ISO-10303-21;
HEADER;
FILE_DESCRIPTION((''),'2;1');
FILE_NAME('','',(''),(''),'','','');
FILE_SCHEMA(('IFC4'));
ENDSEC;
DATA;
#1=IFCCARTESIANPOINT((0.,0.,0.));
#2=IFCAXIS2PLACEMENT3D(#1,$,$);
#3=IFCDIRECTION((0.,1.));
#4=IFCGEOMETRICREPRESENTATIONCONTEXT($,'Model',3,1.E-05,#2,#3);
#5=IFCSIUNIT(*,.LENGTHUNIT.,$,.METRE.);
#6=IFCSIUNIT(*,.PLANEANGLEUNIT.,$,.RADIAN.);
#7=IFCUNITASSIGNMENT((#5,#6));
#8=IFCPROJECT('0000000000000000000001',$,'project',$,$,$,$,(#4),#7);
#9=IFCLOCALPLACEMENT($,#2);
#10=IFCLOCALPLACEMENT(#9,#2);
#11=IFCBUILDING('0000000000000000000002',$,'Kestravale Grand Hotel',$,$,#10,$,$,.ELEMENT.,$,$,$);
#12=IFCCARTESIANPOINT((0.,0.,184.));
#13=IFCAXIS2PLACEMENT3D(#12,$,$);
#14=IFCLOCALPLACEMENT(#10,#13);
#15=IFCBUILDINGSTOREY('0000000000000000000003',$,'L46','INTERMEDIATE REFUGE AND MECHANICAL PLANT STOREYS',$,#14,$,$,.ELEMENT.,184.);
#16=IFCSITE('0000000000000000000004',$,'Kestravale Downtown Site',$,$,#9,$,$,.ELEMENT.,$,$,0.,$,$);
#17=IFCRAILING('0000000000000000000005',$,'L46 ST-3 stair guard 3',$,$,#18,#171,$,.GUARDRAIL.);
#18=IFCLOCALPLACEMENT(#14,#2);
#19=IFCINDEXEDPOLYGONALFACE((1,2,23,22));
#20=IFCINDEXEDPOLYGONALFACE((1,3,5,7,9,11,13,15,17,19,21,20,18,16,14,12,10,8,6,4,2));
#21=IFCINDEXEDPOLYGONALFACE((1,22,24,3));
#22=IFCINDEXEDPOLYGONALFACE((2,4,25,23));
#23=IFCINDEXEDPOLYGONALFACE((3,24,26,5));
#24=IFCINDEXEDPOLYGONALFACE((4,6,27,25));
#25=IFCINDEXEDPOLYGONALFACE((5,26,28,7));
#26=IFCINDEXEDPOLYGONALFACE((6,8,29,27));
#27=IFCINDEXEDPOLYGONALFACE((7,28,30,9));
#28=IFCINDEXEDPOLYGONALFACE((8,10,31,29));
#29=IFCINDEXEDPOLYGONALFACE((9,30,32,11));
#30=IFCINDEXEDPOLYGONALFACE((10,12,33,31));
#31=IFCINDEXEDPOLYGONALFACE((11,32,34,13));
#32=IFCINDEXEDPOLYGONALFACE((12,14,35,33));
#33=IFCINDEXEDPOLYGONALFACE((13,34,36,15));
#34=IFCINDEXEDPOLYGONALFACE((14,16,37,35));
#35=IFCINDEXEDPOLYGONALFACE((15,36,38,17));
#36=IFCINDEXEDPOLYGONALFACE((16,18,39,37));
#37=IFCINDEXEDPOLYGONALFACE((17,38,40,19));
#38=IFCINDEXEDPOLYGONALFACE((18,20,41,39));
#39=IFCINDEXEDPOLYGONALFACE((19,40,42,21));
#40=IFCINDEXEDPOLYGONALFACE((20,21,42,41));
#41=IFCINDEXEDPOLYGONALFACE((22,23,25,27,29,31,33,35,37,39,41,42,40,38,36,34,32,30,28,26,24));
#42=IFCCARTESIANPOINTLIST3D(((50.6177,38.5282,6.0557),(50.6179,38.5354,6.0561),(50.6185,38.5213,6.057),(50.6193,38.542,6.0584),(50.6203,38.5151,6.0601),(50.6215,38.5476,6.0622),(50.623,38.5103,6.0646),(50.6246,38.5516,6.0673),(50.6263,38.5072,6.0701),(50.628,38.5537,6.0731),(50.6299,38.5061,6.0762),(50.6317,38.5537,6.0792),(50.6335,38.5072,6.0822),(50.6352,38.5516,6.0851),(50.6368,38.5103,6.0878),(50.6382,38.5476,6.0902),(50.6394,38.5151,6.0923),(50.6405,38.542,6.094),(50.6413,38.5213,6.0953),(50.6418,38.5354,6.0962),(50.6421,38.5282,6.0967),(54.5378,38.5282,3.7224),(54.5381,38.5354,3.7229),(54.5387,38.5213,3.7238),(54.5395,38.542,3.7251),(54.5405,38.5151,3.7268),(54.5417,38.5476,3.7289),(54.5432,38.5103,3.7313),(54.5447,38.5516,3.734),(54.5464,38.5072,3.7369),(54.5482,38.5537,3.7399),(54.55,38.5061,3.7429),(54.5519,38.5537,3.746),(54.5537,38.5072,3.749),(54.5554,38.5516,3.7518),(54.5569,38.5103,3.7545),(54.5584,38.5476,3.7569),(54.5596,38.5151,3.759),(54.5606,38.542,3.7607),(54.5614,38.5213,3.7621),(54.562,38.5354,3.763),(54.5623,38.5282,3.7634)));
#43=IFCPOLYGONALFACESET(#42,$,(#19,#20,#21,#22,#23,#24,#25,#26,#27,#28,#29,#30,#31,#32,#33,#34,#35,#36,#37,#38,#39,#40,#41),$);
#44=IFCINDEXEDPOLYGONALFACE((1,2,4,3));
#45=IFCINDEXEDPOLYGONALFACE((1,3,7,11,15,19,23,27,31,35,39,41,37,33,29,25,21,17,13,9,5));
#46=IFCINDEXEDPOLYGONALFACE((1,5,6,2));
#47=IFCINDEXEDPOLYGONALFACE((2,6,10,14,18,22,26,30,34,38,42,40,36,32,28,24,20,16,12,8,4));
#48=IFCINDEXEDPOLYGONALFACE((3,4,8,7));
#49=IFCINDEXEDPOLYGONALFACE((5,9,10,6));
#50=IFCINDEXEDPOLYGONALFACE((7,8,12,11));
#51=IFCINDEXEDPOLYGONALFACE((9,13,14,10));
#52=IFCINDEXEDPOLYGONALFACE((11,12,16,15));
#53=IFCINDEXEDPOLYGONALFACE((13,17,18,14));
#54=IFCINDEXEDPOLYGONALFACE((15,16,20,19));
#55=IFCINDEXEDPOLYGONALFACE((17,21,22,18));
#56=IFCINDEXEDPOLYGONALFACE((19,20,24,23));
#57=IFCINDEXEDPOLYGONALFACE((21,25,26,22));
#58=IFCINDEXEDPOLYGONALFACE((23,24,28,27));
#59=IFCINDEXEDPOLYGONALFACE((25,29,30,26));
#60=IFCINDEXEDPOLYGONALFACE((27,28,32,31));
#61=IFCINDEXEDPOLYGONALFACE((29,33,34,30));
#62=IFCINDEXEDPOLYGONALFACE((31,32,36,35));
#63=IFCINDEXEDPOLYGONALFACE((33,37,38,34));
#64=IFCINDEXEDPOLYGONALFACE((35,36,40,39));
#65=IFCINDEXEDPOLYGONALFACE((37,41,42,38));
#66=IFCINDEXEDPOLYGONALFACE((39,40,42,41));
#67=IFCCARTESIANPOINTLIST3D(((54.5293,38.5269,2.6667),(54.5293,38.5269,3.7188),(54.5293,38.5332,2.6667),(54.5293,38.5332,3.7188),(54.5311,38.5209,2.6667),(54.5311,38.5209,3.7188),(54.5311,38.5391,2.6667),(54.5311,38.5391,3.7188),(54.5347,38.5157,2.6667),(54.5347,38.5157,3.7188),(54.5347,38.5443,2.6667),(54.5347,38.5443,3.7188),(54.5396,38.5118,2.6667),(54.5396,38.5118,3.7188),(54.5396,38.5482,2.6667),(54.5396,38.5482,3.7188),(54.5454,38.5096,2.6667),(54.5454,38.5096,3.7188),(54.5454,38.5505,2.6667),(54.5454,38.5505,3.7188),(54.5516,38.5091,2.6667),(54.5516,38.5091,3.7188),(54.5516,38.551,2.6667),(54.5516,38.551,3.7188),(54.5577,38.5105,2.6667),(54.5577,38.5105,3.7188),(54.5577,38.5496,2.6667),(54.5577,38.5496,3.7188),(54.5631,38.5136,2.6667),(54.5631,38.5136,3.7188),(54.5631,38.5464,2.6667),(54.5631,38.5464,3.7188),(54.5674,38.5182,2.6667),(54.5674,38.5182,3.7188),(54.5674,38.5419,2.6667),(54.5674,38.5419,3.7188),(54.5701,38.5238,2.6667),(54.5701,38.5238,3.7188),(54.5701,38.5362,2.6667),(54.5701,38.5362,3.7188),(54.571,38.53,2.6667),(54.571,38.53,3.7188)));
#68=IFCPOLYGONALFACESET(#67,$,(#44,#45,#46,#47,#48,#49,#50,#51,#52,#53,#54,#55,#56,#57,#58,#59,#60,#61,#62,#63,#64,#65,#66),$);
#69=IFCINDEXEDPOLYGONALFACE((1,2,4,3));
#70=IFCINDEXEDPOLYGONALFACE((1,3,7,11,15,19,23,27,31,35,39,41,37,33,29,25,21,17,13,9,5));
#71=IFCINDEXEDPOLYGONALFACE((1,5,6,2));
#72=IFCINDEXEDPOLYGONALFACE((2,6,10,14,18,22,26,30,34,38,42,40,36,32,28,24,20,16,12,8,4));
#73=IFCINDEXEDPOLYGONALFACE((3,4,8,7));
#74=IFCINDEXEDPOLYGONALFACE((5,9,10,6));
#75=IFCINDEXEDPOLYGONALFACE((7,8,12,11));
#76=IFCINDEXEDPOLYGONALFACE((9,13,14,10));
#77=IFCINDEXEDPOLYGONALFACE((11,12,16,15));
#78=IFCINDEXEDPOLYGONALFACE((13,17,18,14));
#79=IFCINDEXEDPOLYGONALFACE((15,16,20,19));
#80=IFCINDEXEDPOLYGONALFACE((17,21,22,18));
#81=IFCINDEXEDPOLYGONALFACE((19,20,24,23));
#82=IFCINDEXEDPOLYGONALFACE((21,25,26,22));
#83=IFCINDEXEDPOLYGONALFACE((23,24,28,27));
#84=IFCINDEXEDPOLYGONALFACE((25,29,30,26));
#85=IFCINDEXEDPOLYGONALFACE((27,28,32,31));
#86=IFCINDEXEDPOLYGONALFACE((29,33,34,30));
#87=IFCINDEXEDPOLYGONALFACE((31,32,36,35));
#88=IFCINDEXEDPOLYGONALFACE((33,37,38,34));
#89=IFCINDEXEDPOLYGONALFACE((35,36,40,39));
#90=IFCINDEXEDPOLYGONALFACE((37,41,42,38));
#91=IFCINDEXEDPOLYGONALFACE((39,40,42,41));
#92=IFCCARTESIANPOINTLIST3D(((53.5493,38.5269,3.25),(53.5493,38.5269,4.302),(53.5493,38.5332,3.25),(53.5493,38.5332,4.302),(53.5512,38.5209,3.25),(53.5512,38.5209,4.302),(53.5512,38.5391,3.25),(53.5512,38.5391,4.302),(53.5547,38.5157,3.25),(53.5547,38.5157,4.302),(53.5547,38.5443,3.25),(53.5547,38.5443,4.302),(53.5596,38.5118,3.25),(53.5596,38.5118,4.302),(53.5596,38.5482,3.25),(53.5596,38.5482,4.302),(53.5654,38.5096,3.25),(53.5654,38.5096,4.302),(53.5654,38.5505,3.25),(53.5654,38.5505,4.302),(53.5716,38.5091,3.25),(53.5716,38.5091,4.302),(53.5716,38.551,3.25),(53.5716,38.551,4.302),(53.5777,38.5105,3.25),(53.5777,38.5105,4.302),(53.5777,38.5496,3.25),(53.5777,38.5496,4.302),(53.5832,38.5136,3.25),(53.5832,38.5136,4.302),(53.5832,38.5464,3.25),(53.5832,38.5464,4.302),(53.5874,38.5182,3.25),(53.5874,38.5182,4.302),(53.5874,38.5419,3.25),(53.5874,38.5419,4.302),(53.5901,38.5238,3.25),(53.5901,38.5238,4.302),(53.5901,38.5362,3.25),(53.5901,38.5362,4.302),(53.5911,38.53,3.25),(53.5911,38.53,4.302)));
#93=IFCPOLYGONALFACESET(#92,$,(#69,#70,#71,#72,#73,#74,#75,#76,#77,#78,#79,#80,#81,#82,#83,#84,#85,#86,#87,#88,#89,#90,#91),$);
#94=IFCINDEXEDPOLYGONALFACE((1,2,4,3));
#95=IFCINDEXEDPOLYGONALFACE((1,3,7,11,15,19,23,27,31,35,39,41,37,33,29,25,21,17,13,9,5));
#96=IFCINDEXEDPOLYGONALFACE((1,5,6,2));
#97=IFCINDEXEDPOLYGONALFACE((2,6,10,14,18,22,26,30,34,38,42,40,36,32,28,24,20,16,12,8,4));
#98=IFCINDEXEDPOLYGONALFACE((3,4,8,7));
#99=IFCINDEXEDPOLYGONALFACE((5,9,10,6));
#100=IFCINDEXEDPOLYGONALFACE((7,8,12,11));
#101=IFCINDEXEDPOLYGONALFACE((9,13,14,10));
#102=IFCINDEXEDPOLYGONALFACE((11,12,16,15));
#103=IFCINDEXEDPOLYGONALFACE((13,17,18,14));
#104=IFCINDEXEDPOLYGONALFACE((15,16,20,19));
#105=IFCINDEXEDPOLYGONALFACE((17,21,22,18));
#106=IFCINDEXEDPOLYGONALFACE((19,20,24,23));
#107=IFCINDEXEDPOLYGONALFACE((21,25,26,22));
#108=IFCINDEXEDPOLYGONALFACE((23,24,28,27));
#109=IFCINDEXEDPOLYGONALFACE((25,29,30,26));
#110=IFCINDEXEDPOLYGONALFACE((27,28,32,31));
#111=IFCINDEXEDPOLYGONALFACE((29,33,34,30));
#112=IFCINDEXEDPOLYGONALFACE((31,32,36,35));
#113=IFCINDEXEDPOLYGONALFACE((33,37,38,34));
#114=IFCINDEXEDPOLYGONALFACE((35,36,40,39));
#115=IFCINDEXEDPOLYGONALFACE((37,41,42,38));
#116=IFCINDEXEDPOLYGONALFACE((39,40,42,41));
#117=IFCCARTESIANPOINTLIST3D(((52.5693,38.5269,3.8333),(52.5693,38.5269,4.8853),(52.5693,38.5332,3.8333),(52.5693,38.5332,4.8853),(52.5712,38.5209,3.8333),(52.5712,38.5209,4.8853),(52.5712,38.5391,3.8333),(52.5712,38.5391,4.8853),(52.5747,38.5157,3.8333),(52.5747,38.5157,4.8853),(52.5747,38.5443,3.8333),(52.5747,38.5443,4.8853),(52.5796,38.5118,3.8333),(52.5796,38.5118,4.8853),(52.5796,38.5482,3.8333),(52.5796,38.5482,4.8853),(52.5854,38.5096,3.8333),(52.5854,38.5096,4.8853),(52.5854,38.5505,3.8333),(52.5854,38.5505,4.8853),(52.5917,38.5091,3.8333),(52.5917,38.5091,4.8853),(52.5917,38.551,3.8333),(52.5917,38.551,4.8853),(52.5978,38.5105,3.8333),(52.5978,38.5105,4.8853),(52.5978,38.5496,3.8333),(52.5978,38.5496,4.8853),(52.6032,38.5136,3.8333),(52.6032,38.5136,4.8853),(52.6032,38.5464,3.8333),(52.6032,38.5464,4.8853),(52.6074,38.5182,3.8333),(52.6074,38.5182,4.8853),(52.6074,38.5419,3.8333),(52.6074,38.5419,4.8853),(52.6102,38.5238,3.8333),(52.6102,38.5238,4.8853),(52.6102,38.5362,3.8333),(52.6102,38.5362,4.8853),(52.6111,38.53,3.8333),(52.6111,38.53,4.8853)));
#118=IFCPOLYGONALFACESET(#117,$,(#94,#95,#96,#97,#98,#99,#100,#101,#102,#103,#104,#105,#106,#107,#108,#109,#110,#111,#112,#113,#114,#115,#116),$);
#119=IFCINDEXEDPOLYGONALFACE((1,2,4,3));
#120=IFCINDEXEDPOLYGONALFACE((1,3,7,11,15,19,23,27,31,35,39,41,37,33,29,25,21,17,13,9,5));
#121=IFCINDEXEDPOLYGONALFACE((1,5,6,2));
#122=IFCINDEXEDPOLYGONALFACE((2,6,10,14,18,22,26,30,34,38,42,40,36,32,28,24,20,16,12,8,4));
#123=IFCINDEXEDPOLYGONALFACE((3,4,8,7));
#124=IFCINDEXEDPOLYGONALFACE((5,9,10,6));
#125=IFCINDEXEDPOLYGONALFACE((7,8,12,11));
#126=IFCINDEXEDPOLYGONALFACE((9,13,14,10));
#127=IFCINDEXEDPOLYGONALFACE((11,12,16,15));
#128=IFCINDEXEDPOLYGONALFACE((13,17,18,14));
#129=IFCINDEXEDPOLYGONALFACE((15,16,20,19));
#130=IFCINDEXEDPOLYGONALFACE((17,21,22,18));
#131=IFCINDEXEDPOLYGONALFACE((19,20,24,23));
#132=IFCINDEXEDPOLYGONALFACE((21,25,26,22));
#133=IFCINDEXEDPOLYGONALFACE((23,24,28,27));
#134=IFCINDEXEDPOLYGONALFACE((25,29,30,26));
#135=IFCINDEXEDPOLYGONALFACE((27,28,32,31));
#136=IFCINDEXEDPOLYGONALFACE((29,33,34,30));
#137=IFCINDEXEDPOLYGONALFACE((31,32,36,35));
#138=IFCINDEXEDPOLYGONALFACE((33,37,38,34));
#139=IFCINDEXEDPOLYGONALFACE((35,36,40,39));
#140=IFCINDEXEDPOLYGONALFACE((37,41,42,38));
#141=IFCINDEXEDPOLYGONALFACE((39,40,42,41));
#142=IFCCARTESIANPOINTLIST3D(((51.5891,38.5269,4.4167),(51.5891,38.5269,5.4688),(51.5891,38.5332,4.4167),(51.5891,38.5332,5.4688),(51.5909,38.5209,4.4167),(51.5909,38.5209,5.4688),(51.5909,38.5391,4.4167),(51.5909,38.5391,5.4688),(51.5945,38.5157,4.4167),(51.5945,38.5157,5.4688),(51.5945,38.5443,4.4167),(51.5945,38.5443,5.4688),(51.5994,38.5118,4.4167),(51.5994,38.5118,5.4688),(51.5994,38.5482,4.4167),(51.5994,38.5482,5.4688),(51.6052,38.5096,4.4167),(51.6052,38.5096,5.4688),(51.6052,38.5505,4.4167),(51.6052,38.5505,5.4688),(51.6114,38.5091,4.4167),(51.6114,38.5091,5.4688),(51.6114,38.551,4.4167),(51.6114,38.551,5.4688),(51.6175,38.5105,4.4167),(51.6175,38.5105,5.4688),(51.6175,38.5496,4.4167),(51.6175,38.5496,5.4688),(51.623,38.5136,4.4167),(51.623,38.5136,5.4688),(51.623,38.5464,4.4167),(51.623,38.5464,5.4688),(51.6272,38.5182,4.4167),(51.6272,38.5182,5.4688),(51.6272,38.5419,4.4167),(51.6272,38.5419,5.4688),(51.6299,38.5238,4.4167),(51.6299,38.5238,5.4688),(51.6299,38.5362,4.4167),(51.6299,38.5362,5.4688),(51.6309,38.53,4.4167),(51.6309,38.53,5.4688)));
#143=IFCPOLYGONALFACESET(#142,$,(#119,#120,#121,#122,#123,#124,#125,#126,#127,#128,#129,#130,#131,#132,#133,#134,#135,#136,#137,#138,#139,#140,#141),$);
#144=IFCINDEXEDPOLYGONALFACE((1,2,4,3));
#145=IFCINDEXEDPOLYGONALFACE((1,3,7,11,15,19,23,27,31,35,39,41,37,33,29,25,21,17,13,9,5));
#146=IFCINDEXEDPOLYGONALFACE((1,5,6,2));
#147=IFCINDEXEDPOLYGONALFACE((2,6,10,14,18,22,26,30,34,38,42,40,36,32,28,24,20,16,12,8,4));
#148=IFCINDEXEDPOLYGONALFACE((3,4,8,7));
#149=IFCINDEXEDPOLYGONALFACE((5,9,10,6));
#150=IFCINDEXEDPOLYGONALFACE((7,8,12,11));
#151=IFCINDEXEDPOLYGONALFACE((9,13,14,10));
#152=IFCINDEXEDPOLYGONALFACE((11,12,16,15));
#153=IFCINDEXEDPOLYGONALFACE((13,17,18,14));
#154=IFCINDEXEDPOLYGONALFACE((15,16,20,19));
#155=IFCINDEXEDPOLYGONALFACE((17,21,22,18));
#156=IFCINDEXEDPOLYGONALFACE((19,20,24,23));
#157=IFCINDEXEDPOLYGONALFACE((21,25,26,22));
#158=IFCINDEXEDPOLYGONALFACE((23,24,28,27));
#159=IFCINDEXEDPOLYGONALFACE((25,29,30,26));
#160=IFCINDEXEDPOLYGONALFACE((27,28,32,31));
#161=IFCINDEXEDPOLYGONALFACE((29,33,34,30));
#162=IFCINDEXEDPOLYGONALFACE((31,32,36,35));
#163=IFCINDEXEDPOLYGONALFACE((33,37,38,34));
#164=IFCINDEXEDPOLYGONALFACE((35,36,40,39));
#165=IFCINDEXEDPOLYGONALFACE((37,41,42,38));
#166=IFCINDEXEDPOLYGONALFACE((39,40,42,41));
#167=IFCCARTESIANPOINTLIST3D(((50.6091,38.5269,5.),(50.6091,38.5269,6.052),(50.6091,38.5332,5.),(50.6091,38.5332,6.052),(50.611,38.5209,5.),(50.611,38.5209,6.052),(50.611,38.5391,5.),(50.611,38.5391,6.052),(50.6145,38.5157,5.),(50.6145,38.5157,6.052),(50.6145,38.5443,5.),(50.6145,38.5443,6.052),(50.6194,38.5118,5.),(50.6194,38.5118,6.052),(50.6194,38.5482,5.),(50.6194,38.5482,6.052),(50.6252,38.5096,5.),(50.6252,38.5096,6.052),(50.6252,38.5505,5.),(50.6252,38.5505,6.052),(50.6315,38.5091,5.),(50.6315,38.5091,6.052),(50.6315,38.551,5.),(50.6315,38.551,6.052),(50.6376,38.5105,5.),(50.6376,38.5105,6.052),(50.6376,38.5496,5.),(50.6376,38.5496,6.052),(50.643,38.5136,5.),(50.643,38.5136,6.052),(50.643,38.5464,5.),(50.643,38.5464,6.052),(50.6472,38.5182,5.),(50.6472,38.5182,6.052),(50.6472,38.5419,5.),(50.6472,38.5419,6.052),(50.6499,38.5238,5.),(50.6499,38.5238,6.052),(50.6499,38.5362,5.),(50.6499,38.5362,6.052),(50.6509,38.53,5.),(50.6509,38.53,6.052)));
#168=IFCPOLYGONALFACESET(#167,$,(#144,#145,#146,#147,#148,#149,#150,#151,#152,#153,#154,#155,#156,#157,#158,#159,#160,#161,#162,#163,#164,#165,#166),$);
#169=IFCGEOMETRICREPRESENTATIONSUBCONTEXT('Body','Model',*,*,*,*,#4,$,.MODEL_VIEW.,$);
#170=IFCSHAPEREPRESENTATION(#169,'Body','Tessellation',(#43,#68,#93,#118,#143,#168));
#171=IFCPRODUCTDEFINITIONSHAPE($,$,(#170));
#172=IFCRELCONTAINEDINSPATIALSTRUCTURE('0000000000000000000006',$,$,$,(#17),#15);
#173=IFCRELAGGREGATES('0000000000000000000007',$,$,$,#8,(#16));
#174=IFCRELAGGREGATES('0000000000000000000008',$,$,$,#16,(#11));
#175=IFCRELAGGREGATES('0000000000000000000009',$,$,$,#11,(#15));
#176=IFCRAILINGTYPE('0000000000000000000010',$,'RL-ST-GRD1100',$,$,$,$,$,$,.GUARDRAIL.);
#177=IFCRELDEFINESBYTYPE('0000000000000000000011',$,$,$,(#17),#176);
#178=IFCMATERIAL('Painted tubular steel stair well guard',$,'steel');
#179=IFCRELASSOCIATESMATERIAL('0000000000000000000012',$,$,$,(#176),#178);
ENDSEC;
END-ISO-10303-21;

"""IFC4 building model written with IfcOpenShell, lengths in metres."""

from ifc_helpers import new_model, si_unit, direction, frame, origin, origin_2d, place, context, subcontext, project, spatial, circle, extrude, material, type_object, element, save


model = new_model("IFC4")

# Units and contexts
model_context = context("Model", 3, precision=1e-05, world=origin(), true_north=direction((0.0, 1.0)))
body_context = subcontext(model_context, "Body", "Model", "MODEL_VIEW")
ifc_project = project(units=[si_unit("LENGTHUNIT", "METRE"), si_unit("PLANEANGLEUNIT", "RADIAN")], contexts=[model_context])

# Site, building, storey
site_placement = place(None, origin())
site = spatial("IfcSite", under=ifc_project, at=site_placement, Name="Kestravale Downtown Site", CompositionType="ELEMENT", RefElevation=0.0)
building_placement = place(site_placement, origin())
building = spatial("IfcBuilding", under=site, at=building_placement, Name="Kestravale Grand Hotel", CompositionType="ELEMENT")
storey_placement = place(building_placement, frame((0.0, 0.0, 184.0)))
storey = spatial("IfcBuildingStorey", under=building, at=storey_placement, Name="L46", Description="INTERMEDIATE REFUGE AND MECHANICAL PLANT STOREYS", CompositionType="ELEMENT", Elevation=184.0)

# Railing
ifc_material_1 = material(Name="Painted tubular steel stair well guard", Category="steel")
railing_type_1 = type_object("IfcRailingType", Name="RL-ST-GRD1100", PredefinedType="GUARDRAIL", material=ifc_material_1)
railing_1_placement = place(storey_placement, frame((54.55, 38.53, 2.6667)))
element("IfcRailing", 1, at=railing_1_placement, inside=storey, type_object=railing_type_1, Name="L46 ST-3 stair guard 3", PredefinedType="GUARDRAIL", context=body_context, shape_type="SweptSolid", body=[
    extrude(circle(Radius=0.0239, at=origin_2d()), frame((0.0, 0.0, 1.0762), z_axis=(-0.85931, 0.0, 0.511455), x_axis=(0.0, -1.0, 0.0)), (0.0, 0.0, 1.0), 4.562),
    extrude(circle(Radius=0.021, at=origin_2d()), origin(), (0.0, 0.0, 1.0), 1.052),
    extrude(circle(Radius=0.021, at=origin_2d()), frame((-0.98, 0.0, 0.5833)), (0.0, 0.0, 1.0), 1.052),
    extrude(circle(Radius=0.021, at=origin_2d()), frame((-1.96, 0.0, 1.1665)), (0.0, 0.0, 1.0), 1.052),
    extrude(circle(Radius=0.021, at=origin_2d()), frame((-2.9402, 0.0, 1.75)), (0.0, 0.0, 1.0), 1.052),
    extrude(circle(Radius=0.021, at=origin_2d()), frame((-3.9202, 0.0, 2.3333)), (0.0, 0.0, 1.0), 1.052),
])

save(model, "model.ifc")
